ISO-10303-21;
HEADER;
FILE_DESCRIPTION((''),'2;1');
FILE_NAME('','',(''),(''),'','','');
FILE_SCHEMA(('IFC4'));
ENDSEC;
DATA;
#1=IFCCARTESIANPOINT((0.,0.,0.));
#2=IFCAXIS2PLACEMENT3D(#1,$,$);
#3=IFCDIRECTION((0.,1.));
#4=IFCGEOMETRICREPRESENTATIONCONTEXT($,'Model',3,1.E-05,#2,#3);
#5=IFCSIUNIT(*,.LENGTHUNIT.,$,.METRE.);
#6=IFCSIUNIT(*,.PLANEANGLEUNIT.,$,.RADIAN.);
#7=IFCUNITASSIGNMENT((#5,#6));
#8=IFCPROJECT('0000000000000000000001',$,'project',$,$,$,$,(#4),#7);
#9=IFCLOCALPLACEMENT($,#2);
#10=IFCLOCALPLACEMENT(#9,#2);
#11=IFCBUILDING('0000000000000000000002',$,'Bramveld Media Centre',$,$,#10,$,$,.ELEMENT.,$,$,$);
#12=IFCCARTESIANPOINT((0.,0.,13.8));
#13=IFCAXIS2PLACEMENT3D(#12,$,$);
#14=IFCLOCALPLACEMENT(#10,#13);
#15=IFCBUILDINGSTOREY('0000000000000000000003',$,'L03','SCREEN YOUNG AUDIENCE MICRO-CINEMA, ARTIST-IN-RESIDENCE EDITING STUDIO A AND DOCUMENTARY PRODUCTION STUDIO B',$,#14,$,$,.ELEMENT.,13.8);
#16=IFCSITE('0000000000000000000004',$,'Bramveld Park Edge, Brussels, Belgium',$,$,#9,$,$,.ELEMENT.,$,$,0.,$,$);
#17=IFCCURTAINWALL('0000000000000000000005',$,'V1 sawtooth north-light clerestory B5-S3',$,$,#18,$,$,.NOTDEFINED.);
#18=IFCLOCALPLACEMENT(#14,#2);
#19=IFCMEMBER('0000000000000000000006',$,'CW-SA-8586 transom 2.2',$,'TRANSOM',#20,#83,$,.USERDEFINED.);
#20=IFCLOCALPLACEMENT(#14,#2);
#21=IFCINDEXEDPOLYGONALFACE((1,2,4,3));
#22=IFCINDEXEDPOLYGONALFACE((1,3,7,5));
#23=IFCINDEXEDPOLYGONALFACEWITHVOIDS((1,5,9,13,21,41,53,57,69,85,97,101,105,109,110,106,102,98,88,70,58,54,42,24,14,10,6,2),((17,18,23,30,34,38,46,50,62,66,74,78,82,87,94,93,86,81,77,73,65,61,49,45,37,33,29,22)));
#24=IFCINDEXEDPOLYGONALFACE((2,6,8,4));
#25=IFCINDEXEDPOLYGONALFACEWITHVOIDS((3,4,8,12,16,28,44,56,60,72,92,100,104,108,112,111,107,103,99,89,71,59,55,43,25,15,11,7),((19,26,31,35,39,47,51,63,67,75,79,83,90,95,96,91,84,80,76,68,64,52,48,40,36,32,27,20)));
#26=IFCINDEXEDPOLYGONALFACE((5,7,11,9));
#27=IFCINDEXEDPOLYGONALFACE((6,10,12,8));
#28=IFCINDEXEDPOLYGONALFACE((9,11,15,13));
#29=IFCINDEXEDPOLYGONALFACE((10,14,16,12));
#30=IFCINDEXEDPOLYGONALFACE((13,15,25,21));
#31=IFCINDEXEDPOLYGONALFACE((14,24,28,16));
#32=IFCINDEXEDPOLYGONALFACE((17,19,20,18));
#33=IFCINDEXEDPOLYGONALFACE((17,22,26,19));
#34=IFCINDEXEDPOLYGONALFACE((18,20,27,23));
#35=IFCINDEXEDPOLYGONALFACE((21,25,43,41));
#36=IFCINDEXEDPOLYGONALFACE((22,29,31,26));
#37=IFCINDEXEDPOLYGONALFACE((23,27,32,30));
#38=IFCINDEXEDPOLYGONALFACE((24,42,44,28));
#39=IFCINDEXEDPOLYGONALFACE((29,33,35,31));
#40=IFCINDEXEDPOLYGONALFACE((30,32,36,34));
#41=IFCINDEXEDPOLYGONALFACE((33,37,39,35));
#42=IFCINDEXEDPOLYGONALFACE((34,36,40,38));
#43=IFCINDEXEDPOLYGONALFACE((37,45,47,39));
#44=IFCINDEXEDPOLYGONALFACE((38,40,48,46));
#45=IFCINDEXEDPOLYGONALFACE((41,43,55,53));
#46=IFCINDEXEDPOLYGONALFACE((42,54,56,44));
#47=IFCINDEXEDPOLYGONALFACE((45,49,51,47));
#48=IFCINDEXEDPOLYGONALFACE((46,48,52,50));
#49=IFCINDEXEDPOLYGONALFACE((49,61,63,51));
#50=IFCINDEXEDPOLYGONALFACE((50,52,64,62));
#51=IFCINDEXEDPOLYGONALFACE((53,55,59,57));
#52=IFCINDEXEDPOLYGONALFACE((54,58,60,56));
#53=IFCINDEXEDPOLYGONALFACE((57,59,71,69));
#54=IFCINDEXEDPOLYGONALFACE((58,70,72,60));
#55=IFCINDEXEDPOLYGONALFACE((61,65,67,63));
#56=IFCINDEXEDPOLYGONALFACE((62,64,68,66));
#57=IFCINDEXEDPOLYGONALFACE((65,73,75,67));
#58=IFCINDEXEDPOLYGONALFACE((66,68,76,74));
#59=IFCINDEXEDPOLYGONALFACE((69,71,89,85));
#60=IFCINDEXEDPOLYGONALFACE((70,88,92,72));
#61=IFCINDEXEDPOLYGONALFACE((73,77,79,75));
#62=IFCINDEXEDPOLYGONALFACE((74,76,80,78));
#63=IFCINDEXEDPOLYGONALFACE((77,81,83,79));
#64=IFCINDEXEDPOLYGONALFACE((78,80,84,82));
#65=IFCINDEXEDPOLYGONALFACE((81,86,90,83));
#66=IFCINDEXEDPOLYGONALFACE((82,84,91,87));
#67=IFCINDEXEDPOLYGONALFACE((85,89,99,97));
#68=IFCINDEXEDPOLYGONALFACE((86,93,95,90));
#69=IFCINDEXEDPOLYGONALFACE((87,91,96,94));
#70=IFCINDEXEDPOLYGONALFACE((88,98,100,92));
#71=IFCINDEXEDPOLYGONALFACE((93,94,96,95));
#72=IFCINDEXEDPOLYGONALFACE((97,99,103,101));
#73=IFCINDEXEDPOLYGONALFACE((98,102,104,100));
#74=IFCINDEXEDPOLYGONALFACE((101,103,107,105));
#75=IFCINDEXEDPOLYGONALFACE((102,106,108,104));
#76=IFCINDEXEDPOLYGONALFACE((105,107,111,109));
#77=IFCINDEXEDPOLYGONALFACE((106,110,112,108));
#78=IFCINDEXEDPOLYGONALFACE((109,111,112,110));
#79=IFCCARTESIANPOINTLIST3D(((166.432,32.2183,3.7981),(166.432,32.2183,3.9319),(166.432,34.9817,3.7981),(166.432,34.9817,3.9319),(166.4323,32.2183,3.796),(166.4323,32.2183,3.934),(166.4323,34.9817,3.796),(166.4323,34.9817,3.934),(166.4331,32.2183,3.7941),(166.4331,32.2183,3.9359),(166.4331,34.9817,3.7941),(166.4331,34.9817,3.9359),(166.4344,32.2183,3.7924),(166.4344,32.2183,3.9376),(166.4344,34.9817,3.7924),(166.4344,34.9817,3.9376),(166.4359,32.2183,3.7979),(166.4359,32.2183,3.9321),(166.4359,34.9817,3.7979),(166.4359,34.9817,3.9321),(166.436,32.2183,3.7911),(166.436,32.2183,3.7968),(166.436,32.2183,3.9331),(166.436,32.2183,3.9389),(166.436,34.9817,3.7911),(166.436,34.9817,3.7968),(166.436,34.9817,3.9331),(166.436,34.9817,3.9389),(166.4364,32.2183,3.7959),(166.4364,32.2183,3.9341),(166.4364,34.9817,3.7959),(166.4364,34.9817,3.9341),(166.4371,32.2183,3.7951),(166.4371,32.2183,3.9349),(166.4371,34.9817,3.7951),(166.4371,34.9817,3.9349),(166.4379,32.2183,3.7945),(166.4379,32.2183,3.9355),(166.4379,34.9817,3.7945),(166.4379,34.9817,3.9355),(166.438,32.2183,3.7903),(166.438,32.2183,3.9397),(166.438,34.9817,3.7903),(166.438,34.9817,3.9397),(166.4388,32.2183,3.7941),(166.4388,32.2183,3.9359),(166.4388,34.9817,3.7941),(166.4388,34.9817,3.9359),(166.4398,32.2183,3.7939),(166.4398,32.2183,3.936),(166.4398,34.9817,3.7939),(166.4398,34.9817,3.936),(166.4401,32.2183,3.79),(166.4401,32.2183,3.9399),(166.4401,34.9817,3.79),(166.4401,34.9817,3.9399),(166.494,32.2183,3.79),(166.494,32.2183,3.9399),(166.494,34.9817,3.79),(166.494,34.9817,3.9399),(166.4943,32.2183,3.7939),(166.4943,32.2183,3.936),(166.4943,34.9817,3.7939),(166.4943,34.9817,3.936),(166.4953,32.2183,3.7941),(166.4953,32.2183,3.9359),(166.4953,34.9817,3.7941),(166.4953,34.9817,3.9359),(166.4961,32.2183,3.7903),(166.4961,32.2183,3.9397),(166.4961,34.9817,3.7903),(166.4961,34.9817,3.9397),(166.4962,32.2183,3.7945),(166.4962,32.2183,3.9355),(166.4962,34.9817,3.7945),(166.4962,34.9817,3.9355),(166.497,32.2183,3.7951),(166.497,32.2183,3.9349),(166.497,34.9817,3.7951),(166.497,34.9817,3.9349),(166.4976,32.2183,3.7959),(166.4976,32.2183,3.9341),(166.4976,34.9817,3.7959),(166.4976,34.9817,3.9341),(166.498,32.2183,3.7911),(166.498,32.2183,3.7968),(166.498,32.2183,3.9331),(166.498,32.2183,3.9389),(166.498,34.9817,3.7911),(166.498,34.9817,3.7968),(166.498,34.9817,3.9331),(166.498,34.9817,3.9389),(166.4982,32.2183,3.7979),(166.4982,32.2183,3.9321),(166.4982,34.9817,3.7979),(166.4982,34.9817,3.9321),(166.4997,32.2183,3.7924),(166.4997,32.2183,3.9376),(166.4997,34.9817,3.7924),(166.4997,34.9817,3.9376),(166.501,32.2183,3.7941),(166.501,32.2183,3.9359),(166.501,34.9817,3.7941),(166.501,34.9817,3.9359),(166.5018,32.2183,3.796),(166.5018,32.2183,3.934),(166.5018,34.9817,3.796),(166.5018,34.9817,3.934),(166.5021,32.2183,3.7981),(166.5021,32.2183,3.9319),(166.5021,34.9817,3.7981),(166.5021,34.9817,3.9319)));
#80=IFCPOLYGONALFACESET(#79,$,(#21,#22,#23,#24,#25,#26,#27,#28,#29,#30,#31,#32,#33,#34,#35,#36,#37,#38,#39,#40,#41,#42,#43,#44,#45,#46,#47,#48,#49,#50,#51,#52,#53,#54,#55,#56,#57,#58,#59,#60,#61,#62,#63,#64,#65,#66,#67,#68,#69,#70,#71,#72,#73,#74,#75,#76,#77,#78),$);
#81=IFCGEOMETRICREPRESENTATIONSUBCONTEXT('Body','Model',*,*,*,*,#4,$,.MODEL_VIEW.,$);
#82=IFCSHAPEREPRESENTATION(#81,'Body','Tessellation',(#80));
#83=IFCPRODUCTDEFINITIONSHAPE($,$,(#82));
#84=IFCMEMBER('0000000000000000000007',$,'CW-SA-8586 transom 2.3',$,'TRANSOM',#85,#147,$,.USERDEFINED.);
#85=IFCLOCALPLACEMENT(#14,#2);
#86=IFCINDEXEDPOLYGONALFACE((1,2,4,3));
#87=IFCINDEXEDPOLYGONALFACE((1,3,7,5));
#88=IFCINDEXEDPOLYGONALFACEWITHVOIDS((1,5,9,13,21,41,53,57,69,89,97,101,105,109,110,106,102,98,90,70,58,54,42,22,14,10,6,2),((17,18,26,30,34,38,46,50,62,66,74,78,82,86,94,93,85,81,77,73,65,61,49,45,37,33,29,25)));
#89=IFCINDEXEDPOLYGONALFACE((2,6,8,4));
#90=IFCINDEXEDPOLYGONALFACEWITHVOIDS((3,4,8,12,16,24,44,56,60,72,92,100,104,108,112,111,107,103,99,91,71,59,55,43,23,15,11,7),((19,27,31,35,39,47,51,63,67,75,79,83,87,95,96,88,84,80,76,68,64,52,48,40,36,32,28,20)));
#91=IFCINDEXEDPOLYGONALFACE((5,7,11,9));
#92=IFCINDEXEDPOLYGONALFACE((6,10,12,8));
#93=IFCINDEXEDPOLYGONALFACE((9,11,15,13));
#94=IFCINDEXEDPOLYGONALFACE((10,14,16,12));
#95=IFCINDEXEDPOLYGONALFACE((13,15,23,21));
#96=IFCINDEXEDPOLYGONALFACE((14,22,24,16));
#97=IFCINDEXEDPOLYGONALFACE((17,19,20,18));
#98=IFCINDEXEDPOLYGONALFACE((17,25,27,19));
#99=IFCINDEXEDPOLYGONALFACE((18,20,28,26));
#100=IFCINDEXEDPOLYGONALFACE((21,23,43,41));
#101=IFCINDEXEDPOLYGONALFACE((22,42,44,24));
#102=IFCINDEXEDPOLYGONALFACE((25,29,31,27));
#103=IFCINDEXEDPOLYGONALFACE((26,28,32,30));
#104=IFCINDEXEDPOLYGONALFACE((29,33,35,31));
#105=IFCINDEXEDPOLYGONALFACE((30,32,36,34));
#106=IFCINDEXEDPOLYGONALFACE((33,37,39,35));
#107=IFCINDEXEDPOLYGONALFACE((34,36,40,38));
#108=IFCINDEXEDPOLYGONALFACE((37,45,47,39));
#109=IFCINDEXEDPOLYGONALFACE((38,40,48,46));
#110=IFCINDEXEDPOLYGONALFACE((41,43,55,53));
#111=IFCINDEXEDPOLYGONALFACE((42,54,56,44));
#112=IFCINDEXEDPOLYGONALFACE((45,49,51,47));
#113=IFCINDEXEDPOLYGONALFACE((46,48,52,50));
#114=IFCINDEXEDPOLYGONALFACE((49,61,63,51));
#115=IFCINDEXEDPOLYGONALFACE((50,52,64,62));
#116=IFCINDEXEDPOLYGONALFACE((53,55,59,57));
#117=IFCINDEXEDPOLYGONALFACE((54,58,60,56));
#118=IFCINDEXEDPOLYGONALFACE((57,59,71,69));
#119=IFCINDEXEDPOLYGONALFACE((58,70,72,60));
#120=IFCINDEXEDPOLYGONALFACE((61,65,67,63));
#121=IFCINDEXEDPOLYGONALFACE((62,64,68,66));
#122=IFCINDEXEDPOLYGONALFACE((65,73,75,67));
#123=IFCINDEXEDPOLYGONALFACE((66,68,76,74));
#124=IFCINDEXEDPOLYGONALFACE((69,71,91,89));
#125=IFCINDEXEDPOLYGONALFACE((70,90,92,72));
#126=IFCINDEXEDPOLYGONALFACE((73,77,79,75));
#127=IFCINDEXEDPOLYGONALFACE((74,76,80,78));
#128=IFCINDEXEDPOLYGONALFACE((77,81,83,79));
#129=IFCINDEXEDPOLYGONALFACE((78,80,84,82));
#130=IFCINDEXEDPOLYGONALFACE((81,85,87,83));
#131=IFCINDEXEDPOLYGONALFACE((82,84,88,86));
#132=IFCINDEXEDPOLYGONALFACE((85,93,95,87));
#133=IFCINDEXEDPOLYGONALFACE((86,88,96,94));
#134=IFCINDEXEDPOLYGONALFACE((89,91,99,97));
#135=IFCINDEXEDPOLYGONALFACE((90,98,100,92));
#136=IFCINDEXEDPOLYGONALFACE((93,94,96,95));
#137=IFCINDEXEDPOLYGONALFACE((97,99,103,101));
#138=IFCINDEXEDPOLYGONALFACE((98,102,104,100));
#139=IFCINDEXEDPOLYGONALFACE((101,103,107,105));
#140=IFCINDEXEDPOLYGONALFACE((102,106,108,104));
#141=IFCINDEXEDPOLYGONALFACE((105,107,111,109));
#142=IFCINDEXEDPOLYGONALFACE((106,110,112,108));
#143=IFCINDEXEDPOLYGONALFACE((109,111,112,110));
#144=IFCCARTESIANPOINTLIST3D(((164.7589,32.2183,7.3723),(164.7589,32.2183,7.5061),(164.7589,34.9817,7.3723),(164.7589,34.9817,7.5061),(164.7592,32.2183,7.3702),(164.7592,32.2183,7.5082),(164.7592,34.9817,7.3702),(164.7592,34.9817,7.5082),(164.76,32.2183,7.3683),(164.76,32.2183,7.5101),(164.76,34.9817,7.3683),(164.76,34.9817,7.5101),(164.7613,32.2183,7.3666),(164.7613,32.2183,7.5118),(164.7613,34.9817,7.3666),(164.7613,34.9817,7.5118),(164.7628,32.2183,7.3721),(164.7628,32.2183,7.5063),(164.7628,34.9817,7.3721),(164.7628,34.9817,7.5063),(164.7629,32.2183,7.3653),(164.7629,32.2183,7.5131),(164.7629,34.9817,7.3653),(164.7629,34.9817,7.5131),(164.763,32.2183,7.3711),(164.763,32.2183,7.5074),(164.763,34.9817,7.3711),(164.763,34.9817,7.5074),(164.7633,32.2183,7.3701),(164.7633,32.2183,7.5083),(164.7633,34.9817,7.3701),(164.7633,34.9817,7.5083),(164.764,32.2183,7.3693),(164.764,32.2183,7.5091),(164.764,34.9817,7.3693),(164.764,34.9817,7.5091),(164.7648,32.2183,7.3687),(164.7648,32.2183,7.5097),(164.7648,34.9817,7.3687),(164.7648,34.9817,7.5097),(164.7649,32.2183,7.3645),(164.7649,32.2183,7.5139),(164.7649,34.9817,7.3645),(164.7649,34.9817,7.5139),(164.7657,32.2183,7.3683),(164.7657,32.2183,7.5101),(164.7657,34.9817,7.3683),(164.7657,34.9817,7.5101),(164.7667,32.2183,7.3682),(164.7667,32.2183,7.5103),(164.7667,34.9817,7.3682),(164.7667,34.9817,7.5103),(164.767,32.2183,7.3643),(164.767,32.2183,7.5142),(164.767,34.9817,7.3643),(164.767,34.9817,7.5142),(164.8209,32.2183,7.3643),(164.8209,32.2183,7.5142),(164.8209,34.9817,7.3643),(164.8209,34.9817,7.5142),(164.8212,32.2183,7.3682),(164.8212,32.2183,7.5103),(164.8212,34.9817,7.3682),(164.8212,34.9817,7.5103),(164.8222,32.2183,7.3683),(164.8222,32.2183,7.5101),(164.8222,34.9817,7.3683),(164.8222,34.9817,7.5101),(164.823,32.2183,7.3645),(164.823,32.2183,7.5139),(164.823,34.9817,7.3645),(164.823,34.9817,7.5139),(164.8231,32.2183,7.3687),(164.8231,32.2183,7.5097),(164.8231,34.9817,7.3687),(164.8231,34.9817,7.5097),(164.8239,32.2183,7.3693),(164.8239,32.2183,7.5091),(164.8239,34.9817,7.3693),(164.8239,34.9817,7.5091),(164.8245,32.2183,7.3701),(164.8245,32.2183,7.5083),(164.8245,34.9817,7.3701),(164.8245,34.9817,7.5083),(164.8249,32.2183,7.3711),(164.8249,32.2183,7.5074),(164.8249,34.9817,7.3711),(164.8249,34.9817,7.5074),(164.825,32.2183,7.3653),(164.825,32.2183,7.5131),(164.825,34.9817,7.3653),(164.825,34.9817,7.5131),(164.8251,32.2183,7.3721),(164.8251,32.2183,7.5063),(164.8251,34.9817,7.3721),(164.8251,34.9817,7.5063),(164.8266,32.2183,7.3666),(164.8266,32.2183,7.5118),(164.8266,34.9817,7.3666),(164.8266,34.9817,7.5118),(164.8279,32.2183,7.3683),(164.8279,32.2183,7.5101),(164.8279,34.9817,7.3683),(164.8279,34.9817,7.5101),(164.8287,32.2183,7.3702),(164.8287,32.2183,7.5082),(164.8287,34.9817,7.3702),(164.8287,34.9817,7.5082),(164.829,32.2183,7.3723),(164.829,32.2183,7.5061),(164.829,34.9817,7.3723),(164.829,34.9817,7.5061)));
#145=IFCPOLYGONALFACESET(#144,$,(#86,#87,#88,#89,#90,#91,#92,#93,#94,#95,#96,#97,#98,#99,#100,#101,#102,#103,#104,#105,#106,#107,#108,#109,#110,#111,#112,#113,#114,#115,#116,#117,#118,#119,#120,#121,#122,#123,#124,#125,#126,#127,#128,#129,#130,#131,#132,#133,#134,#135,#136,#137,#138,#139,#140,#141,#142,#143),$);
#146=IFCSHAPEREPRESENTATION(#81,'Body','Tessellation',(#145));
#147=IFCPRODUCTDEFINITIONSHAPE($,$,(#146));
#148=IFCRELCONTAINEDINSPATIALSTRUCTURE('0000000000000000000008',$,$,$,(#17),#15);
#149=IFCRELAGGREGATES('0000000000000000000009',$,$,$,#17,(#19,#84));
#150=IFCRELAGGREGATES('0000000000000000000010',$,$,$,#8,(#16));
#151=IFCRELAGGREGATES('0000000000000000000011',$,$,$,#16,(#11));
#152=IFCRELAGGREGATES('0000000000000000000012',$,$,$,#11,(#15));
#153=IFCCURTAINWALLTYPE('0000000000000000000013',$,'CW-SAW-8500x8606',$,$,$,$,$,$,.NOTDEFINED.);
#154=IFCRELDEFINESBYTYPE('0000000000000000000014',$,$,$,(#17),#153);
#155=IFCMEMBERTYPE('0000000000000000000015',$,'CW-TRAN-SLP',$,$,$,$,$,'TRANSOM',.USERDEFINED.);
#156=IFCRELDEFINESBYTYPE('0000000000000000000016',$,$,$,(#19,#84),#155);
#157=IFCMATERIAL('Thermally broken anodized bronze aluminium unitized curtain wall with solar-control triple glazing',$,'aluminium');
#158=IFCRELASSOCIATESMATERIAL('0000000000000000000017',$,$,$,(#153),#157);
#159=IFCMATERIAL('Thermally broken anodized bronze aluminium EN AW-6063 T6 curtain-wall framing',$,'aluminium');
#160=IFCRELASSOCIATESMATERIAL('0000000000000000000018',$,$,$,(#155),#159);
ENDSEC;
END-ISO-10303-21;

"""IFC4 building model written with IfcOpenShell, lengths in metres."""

from ifc_helpers import new_model, si_unit, direction, frame, origin, origin_2d, place, context, subcontext, project, spatial, hollow_rectangle, extrude, material, material_profile, profile_set, type_object, element, aggregate, save


model = new_model("IFC4")

# Units and contexts
model_context = context("Model", 3, precision=1e-05, world=origin(), true_north=direction((0.0, 1.0)))
body_context = subcontext(model_context, "Body", "Model", "MODEL_VIEW")
ifc_project = project(units=[si_unit("LENGTHUNIT", "METRE"), si_unit("PLANEANGLEUNIT", "RADIAN")], contexts=[model_context])

# Site, building, storey
site_placement = place(None, origin())
site = spatial("IfcSite", under=ifc_project, at=site_placement, Name="Bramveld Park Edge, Brussels, Belgium", CompositionType="ELEMENT", RefElevation=0.0)
building_placement = place(site_placement, origin())
building = spatial("IfcBuilding", under=site, at=building_placement, Name="Bramveld Media Centre", CompositionType="ELEMENT")
storey_placement = place(building_placement, frame((0.0, 0.0, 13.8)))
storey = spatial("IfcBuildingStorey", under=building, at=storey_placement, Name="L03", Description="SCREEN YOUNG AUDIENCE MICRO-CINEMA, ARTIST-IN-RESIDENCE EDITING STUDIO A AND DOCUMENTARY PRODUCTION STUDIO B", CompositionType="ELEMENT", Elevation=13.8)

# Curtain wall, members
ifc_material_1 = material(Name="Thermally broken anodized bronze aluminium unitized curtain wall with solar-control triple glazing", Category="aluminium")
curtain_wall_type = type_object("IfcCurtainWallType", Name="CW-SAW-8500x8606", PredefinedType="NOTDEFINED", material=ifc_material_1)
ifc_material_2 = material(Name="Thermally broken anodized bronze aluminium EN AW-6063 T6 curtain-wall framing", Category="aluminium")
ifc_material_profile_1 = material_profile(ifc_material_2, hollow_rectangle(XDim=0.0701, YDim=0.1499, WallThickness=0.0039, InnerFilletRadius=0.0039, OuterFilletRadius=0.0081, at=origin_2d()), Name="AL-TRAN 70x150")
ifc_profile_set_1 = profile_set([ifc_material_profile_1], Name="Thermally broken anodized bronze aluminium EN AW-6063 T6 curtain-wall framing")
member_type_1 = type_object("IfcMemberType", Name="CW-TRAN-SLP", ElementType="TRANSOM", PredefinedType="USERDEFINED", material=ifc_profile_set_1)
curtain_wall_1_placement = place(storey_placement, origin())
curtain_wall_1 = element("IfcCurtainWall", 1, at=curtain_wall_1_placement, inside=storey, type_object=curtain_wall_type, Name="V1 sawtooth north-light clerestory B5-S3", PredefinedType="NOTDEFINED")
member_1_placement = place(storey_placement, frame((166.467, 32.2183, 3.865), z_axis=(0.0, 1.0, 0.0), x_axis=(-1.0, 0.0, 0.0)))
member_1 = element("IfcMember", 2, at=member_1_placement, type_object=member_type_1, Name="CW-SA-8586 transom 2.2", ObjectType="TRANSOM", PredefinedType="USERDEFINED", context=body_context, shape_type="SweptSolid", body=[
    extrude(hollow_rectangle(XDim=0.0701, YDim=0.1499, WallThickness=0.0039, InnerFilletRadius=0.0039, OuterFilletRadius=0.0081, at=origin_2d()), origin(), (0.0, 0.0, 1.0), 2.7634),
])
member_2_placement = place(storey_placement, frame((164.7939, 32.2183, 7.4392), z_axis=(0.0, 1.0, 0.0), x_axis=(-1.0, 0.0, 0.0)))
member_2 = element("IfcMember", 3, at=member_2_placement, type_object=member_type_1, Name="CW-SA-8586 transom 2.3", ObjectType="TRANSOM", PredefinedType="USERDEFINED", context=body_context, shape_type="SweptSolid", body=[
    extrude(hollow_rectangle(XDim=0.0701, YDim=0.1499, WallThickness=0.0039, InnerFilletRadius=0.0039, OuterFilletRadius=0.0081, at=origin_2d()), origin(), (0.0, 0.0, 1.0), 2.7634),
])

aggregate(curtain_wall_1, [member_1, member_2])

save(model, "model.ifc")
